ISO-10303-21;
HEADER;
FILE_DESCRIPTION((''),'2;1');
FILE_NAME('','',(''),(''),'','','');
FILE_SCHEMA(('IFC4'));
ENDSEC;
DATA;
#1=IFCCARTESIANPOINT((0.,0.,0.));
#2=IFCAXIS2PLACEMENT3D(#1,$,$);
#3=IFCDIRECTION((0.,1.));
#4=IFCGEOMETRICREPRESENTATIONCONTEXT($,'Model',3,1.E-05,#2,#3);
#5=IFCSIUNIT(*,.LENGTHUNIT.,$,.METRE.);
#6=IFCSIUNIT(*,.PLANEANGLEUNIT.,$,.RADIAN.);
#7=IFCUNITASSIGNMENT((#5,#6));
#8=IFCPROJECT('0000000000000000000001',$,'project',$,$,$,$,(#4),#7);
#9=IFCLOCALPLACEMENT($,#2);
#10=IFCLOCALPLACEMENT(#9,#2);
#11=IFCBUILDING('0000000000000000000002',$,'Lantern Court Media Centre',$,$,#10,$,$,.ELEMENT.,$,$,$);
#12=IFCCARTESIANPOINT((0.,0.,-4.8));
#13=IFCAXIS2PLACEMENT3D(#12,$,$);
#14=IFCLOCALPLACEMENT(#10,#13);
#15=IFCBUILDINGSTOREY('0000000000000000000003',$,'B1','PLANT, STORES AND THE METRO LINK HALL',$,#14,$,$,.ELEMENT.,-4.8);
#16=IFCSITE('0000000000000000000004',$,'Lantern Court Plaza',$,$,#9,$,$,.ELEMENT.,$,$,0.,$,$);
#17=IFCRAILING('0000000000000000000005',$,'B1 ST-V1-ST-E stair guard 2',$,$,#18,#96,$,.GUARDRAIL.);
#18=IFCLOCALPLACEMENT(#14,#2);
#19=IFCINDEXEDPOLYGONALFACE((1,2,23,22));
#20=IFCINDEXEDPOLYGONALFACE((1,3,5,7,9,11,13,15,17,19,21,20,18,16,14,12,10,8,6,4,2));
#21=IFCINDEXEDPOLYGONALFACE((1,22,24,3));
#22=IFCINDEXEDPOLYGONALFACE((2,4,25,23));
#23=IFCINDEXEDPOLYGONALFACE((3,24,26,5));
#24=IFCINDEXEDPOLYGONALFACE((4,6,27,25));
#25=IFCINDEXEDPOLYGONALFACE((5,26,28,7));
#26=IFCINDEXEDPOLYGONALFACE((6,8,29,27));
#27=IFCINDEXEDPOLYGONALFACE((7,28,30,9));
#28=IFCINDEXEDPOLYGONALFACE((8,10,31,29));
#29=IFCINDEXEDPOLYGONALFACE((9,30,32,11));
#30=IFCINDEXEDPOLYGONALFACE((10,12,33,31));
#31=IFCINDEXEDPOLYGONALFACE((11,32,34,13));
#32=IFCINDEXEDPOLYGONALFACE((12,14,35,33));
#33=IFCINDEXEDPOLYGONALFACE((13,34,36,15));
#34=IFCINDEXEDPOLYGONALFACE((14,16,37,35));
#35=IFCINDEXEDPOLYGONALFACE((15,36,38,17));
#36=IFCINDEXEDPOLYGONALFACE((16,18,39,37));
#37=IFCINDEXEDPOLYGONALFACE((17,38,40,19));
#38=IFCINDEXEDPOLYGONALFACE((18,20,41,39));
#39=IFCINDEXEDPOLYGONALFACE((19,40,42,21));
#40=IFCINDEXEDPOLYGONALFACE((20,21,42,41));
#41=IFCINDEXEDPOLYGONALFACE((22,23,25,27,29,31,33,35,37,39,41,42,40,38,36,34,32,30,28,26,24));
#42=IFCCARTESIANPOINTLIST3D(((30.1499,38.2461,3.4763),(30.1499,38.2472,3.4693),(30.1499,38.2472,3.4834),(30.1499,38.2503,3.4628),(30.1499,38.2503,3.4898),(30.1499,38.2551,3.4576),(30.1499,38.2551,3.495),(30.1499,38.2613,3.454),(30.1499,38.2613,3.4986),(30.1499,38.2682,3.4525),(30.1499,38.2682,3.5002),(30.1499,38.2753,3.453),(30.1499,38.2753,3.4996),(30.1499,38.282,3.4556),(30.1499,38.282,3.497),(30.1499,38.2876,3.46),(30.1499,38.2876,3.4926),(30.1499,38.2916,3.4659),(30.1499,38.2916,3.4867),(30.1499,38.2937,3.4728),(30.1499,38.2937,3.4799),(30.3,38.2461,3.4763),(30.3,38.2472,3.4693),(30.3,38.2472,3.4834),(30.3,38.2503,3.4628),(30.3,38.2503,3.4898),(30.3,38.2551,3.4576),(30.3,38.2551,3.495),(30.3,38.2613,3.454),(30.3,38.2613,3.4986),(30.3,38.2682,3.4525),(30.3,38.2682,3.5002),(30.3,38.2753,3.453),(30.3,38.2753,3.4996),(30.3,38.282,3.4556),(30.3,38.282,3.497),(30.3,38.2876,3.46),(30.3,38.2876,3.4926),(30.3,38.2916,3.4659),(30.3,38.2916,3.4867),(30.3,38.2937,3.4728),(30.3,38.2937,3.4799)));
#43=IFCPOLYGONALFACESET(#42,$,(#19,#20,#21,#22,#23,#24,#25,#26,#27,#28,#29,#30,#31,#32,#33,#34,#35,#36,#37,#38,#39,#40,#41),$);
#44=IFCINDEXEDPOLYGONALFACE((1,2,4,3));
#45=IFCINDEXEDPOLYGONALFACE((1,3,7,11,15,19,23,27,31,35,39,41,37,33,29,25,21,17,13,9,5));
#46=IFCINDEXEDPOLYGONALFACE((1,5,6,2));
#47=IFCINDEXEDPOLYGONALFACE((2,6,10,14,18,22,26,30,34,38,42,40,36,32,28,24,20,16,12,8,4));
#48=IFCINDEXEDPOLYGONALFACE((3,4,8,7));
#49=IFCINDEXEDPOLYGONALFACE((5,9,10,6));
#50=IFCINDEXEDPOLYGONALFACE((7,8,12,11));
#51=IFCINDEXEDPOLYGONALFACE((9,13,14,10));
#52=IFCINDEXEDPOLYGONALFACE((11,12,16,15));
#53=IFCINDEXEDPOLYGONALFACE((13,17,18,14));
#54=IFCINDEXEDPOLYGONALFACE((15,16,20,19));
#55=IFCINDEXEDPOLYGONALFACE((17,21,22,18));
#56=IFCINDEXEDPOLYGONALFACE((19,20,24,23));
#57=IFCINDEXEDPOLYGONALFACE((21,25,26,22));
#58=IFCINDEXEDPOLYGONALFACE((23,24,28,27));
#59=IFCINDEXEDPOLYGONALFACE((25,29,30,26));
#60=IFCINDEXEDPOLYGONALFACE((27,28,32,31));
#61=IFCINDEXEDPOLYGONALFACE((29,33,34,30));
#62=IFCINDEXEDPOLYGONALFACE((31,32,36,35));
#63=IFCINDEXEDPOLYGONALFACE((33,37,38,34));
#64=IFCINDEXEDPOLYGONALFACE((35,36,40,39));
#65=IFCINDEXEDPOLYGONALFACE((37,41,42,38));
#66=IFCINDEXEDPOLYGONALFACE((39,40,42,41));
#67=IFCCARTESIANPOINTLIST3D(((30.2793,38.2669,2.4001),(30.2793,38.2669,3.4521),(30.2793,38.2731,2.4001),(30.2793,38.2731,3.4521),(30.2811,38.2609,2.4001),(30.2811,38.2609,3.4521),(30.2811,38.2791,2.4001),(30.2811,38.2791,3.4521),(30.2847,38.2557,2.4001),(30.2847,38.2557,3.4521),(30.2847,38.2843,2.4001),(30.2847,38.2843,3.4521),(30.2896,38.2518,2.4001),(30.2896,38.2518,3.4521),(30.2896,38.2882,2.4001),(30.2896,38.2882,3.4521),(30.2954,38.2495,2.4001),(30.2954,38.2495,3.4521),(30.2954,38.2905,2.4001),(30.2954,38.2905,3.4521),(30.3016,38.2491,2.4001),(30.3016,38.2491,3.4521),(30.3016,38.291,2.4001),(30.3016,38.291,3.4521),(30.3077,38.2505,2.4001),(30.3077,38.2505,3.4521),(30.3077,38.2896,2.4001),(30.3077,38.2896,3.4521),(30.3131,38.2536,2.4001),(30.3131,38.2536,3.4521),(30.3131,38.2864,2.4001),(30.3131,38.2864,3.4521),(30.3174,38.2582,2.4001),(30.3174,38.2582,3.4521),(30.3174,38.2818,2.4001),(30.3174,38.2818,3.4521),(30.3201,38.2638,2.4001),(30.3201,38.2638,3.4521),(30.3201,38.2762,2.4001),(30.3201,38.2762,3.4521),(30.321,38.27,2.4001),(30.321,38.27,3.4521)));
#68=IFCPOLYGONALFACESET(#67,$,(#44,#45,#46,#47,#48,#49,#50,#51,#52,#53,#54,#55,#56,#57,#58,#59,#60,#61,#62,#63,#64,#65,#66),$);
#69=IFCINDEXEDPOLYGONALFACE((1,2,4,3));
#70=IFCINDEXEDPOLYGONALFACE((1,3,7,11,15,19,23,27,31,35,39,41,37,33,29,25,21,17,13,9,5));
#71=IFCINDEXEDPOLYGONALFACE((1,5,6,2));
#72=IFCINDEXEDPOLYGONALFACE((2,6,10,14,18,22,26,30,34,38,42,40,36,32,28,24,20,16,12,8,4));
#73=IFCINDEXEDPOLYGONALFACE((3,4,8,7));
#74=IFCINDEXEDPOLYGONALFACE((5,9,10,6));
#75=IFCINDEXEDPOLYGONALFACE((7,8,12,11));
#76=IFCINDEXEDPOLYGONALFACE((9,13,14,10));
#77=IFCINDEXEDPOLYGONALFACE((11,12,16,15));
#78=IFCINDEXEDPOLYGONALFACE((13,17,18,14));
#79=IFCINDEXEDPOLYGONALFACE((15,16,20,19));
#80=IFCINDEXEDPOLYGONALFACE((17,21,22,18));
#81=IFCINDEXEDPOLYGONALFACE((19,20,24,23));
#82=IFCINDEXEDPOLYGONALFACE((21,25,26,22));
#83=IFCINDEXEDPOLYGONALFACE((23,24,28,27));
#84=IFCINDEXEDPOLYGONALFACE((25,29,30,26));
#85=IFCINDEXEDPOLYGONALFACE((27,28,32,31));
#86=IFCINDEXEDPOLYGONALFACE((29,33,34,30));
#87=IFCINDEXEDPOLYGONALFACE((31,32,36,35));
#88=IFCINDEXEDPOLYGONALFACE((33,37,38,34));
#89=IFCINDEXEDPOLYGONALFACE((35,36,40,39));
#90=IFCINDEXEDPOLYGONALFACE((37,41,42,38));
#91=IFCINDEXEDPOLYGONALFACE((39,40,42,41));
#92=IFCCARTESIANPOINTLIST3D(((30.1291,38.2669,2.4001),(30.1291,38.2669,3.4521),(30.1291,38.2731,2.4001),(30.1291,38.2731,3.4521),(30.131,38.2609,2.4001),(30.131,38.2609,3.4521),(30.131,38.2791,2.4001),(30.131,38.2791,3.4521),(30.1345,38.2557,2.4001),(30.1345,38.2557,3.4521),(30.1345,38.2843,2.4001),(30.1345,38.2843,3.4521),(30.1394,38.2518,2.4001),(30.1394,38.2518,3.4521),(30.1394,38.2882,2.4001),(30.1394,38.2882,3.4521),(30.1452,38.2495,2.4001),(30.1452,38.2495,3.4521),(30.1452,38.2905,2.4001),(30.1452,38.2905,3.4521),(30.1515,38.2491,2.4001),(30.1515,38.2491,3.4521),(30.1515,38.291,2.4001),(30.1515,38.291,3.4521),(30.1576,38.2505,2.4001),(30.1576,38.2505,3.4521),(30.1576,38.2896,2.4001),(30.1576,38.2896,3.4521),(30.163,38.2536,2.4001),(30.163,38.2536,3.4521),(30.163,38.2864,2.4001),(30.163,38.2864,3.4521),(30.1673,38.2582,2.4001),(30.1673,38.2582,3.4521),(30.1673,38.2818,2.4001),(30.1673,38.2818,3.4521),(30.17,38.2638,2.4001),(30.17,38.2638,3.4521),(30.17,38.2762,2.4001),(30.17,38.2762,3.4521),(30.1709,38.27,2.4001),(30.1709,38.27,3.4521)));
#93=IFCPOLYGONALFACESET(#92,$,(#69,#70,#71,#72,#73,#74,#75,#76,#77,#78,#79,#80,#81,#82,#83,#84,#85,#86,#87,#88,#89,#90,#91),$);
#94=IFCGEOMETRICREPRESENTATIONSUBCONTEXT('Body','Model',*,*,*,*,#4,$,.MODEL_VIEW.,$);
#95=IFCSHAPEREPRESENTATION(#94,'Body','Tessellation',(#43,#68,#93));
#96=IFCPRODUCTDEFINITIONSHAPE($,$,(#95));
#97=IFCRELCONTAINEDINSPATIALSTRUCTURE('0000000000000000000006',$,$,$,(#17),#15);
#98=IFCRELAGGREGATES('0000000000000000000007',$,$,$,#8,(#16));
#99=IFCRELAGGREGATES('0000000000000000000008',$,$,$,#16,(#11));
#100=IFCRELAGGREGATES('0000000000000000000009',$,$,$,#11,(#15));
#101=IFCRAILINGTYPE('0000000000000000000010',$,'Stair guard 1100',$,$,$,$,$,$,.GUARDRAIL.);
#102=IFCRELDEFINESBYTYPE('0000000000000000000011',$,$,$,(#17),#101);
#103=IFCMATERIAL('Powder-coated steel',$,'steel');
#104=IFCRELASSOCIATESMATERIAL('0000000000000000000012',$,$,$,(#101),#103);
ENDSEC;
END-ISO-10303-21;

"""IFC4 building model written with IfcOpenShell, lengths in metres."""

from ifc_helpers import new_model, si_unit, direction, frame, origin, origin_2d, place, context, subcontext, project, spatial, circle, extrude, material, type_object, element, save


model = new_model("IFC4")

# Units and contexts
model_context = context("Model", 3, precision=1e-05, world=origin(), true_north=direction((0.0, 1.0)))
body_context = subcontext(model_context, "Body", "Model", "MODEL_VIEW")
ifc_project = project(units=[si_unit("LENGTHUNIT", "METRE"), si_unit("PLANEANGLEUNIT", "RADIAN")], contexts=[model_context])

# Site, building, storey
site_placement = place(None, origin())
site = spatial("IfcSite", under=ifc_project, at=site_placement, Name="Lantern Court Plaza", CompositionType="ELEMENT", RefElevation=0.0)
building_placement = place(site_placement, origin())
building = spatial("IfcBuilding", under=site, at=building_placement, Name="Lantern Court Media Centre", CompositionType="ELEMENT")
storey_placement = place(building_placement, frame((0.0, 0.0, -4.8)))
storey = spatial("IfcBuildingStorey", under=building, at=storey_placement, Name="B1", Description="PLANT, STORES AND THE METRO LINK HALL", CompositionType="ELEMENT", Elevation=-4.8)

# Railing
ifc_material_1 = material(Name="Powder-coated steel", Category="steel")
railing_type_1 = type_object("IfcRailingType", Name="Stair guard 1100", PredefinedType="GUARDRAIL", material=ifc_material_1)
railing_1_placement = place(storey_placement, frame((30.3, 38.27, 2.4001)))
element("IfcRailing", 1, at=railing_1_placement, inside=storey, type_object=railing_type_1, Name="B1 ST-V1-ST-E stair guard 2", PredefinedType="GUARDRAIL", context=body_context, shape_type="SweptSolid", body=[
    extrude(circle(Radius=0.0239, at=origin_2d()), frame((0.0, 0.0, 1.0762), z_axis=(-1.0, 0.0, 0.0), x_axis=(0.0, -1.0, 0.0)), (0.0, 0.0, 1.0), 0.1501),
    extrude(circle(Radius=0.021, at=origin_2d()), origin(), (0.0, 0.0, 1.0), 1.052),
    extrude(circle(Radius=0.021, at=origin_2d()), frame((-0.1501, 0.0, 0.0)), (0.0, 0.0, 1.0), 1.052),
])

save(model, "model.ifc")
